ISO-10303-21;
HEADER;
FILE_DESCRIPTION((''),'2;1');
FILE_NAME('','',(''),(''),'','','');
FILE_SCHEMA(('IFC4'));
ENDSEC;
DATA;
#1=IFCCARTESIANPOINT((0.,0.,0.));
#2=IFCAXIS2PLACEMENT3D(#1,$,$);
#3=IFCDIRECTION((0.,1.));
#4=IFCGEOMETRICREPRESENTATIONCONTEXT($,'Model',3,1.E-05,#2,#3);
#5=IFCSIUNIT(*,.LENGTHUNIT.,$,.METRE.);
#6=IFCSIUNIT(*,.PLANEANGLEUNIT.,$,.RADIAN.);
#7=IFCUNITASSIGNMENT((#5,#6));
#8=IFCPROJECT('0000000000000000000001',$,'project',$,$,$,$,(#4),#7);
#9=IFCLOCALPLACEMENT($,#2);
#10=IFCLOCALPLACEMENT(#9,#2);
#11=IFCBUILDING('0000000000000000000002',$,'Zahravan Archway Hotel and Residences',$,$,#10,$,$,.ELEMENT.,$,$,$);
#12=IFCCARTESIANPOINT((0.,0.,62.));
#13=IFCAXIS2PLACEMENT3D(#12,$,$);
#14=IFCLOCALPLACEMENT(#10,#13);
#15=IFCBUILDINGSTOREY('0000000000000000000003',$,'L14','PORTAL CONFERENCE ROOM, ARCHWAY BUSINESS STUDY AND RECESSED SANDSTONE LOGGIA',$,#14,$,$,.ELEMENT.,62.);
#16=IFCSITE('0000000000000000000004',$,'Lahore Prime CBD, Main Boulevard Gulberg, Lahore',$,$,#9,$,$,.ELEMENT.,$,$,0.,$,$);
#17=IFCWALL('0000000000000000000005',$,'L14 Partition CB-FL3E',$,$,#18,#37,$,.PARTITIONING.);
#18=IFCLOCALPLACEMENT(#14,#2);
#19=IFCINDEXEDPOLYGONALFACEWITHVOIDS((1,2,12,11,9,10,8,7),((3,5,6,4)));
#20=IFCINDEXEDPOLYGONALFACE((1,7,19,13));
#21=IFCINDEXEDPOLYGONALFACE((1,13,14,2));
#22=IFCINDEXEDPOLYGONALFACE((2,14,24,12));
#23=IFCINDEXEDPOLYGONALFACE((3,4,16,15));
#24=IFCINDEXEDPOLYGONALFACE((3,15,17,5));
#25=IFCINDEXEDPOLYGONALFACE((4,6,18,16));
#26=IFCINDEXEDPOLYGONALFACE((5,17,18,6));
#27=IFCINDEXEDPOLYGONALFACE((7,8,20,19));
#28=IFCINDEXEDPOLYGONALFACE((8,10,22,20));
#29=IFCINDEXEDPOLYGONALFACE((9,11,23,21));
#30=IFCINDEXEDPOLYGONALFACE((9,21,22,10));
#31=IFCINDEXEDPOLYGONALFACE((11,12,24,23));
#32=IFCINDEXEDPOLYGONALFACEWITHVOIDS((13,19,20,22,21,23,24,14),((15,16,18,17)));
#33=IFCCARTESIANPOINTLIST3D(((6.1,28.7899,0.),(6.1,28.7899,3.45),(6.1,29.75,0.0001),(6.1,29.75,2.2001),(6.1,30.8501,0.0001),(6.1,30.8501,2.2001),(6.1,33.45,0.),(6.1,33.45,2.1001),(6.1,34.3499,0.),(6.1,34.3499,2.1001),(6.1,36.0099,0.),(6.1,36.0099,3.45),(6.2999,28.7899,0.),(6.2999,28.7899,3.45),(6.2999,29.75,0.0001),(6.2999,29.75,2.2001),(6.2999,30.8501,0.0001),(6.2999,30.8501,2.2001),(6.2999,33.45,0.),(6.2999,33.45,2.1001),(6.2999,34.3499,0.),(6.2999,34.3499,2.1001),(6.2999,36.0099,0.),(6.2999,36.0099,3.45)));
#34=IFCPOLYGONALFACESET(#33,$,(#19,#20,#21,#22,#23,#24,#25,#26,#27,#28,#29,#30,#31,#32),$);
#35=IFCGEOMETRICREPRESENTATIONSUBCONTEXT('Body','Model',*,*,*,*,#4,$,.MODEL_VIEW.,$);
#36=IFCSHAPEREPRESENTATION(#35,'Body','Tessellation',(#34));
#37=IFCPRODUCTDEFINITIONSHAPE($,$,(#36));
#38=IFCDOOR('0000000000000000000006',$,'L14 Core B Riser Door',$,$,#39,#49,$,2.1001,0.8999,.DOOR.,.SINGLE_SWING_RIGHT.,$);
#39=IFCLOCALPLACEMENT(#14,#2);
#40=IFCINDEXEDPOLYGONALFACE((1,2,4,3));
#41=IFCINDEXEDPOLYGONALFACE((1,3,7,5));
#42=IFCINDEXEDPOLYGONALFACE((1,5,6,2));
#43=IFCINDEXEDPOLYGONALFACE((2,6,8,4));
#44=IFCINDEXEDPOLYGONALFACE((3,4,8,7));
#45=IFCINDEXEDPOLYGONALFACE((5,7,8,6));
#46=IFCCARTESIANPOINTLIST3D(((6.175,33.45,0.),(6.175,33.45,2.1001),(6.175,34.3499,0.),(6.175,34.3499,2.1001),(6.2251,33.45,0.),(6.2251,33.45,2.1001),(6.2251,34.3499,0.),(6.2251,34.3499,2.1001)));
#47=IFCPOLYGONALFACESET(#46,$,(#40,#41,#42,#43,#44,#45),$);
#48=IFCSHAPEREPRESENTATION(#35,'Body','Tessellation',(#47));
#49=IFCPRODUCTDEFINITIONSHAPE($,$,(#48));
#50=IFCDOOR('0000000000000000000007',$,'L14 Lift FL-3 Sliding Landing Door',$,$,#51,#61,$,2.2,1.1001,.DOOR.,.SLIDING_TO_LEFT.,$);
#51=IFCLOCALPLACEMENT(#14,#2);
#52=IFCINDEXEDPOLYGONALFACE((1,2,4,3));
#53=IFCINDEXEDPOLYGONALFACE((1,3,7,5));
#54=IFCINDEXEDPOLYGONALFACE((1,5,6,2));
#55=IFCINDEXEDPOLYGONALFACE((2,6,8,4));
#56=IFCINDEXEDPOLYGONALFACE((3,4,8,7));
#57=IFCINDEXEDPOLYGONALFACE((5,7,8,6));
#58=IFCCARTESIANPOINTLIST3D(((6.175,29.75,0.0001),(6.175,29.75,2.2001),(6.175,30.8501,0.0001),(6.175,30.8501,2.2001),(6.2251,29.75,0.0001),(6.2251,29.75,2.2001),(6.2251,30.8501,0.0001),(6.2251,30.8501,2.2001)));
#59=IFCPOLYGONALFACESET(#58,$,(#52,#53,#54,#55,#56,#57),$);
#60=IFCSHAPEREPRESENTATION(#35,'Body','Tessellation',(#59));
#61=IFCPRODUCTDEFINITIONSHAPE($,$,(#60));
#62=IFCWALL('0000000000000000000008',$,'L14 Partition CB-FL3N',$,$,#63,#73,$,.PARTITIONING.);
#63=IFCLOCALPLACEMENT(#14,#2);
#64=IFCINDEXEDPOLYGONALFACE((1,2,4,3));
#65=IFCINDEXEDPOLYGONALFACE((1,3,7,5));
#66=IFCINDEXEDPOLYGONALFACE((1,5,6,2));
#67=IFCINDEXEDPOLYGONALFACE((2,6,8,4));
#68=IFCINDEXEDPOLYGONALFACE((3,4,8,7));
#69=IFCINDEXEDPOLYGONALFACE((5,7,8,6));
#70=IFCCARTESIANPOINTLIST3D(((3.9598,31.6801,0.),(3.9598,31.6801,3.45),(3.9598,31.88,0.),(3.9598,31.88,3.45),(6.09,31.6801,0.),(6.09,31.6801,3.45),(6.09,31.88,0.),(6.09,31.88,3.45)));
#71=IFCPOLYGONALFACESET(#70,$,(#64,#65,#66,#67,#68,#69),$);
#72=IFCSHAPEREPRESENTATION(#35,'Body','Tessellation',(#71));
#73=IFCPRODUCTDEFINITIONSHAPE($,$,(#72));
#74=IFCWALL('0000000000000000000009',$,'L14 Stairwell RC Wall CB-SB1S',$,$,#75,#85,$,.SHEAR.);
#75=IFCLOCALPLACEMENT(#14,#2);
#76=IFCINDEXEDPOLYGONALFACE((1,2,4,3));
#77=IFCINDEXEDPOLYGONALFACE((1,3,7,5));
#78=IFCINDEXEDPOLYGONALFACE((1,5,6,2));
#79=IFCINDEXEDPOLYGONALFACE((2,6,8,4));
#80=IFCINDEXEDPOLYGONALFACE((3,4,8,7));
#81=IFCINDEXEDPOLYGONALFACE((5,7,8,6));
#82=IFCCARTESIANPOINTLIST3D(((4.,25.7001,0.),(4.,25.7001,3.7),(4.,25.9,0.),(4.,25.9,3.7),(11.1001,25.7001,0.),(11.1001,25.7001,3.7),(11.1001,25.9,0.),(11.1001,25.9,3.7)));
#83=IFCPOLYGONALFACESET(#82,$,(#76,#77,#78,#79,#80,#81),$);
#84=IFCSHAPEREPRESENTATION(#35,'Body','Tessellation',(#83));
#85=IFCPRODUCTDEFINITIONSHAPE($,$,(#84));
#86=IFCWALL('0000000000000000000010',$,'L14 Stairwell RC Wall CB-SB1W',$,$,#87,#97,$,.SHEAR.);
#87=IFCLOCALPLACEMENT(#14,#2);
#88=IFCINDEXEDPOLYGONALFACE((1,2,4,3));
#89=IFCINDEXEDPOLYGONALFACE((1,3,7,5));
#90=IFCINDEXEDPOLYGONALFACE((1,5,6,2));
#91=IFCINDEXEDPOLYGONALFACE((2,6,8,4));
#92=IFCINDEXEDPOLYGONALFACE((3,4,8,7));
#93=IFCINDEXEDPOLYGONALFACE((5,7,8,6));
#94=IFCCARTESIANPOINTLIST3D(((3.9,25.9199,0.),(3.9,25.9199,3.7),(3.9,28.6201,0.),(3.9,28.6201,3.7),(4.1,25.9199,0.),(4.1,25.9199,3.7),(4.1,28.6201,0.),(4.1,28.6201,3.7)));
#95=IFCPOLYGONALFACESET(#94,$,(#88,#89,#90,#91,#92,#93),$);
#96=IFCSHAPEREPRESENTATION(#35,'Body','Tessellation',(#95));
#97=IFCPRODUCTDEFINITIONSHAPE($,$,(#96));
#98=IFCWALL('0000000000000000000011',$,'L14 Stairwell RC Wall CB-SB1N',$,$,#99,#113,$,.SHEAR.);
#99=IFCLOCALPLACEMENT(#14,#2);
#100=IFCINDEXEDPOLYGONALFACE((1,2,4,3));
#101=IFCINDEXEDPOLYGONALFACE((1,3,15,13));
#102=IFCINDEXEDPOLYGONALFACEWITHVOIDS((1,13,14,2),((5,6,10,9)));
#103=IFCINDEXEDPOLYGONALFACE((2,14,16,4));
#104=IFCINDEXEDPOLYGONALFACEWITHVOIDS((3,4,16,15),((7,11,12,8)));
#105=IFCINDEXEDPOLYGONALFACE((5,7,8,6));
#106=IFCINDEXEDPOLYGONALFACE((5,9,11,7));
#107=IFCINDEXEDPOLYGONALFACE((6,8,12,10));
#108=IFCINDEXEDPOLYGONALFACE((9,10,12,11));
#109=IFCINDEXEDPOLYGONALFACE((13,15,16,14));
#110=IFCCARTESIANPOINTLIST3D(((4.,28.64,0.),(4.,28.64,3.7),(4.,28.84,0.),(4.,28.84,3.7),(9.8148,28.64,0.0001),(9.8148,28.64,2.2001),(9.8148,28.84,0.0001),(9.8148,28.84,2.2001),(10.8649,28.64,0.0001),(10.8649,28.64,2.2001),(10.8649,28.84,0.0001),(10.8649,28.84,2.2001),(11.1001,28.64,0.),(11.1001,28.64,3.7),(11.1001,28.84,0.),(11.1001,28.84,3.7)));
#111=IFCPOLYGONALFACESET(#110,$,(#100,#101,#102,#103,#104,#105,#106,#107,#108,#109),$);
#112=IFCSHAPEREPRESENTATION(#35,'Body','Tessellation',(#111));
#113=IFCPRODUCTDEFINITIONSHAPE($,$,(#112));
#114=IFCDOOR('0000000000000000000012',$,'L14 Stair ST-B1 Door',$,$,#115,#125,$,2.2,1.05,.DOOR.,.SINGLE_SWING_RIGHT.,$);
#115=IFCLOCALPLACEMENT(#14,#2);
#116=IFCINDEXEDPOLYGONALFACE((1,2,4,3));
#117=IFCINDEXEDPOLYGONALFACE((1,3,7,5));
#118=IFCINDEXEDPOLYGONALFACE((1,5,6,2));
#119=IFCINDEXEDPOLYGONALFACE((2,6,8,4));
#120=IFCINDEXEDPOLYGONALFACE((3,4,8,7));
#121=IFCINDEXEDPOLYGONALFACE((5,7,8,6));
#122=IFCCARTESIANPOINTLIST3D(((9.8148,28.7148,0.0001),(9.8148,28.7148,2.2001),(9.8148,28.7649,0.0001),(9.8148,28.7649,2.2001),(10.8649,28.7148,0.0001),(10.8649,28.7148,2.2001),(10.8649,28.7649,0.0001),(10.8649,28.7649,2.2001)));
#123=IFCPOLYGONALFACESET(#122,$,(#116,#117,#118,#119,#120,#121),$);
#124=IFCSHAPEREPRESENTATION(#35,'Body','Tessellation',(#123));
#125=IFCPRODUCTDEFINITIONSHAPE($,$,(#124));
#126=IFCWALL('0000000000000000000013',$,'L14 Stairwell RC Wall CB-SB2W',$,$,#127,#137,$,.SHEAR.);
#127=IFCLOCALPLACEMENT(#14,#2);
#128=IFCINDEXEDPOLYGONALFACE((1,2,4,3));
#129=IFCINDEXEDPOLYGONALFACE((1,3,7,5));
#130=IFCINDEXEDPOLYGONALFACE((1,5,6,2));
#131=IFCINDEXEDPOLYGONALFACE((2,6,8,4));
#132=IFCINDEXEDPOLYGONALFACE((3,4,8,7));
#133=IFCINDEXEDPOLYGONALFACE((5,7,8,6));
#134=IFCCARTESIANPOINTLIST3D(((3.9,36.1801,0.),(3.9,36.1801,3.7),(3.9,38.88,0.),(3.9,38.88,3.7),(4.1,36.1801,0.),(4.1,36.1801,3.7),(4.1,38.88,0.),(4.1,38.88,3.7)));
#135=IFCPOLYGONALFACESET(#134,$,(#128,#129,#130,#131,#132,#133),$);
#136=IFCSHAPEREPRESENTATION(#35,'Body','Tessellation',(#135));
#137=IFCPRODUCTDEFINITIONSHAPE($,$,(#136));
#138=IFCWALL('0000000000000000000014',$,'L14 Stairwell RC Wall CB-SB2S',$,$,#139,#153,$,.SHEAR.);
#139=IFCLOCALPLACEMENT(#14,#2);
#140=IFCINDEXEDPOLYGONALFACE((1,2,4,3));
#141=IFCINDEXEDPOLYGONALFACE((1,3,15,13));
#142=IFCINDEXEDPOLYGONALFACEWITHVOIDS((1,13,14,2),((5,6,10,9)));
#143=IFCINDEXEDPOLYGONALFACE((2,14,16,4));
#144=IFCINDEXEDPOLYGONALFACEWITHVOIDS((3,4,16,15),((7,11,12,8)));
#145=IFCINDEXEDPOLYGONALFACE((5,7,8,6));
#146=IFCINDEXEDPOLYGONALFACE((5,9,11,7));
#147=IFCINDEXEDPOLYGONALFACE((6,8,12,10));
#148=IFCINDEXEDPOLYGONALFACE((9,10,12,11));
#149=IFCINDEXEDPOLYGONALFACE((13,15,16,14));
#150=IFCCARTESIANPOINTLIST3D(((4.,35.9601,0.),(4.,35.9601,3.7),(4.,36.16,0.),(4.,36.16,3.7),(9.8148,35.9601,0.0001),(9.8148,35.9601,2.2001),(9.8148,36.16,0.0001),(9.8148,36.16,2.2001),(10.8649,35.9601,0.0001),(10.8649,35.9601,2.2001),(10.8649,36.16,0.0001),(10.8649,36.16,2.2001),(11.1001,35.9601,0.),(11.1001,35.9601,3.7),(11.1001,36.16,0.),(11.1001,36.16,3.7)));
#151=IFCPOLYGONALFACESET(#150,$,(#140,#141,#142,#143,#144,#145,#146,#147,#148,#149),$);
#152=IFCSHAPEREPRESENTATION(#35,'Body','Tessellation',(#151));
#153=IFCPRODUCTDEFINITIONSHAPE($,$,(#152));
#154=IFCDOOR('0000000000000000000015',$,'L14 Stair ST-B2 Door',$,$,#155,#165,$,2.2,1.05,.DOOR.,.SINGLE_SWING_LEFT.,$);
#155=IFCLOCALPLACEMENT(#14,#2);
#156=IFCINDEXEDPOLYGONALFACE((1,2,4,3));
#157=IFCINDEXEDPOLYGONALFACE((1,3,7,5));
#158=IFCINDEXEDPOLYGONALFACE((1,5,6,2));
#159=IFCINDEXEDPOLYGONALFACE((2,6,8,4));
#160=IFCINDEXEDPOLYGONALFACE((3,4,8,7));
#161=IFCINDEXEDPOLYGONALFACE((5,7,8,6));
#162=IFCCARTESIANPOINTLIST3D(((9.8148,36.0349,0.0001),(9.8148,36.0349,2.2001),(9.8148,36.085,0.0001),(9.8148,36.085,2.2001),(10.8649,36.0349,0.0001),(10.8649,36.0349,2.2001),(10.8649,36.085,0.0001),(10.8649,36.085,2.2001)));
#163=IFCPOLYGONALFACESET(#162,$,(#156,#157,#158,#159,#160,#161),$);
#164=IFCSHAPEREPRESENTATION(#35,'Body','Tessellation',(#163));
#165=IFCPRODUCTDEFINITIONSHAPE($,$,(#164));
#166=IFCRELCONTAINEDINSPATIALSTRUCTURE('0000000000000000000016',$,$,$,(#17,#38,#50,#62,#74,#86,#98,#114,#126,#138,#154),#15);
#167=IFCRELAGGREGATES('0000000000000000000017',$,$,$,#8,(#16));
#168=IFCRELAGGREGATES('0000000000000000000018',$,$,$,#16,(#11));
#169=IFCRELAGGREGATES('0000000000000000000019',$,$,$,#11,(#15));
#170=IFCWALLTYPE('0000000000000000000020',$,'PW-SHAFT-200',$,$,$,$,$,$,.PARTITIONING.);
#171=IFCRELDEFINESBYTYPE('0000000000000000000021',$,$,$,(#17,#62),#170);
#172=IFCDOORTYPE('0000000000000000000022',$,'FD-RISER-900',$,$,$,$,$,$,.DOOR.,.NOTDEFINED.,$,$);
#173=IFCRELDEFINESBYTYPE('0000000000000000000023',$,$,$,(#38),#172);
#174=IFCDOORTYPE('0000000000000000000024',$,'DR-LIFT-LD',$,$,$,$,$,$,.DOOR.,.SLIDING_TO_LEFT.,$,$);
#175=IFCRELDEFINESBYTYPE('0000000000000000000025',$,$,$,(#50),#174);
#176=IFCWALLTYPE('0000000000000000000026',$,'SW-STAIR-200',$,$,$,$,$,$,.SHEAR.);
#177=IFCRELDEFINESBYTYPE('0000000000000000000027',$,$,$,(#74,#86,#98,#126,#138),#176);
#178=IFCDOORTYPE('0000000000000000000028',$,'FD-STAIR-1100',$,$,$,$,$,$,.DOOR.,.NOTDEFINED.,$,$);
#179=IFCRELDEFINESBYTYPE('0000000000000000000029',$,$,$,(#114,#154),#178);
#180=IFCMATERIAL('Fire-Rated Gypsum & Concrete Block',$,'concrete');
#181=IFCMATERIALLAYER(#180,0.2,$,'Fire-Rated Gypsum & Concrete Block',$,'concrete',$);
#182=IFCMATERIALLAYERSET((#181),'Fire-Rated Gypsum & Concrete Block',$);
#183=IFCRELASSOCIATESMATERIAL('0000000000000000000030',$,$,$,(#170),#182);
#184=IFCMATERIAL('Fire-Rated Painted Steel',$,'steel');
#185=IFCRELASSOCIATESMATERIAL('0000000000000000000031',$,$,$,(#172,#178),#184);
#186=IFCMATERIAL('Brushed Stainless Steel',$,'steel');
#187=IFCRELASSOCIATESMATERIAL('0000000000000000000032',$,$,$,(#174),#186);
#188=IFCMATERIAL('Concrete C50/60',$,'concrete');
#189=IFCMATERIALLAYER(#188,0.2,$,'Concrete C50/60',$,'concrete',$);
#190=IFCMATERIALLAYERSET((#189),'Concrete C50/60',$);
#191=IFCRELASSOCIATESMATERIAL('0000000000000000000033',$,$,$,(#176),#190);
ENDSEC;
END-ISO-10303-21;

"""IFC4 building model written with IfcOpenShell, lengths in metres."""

from ifc_helpers import new_model, si_unit, direction, frame, frame_2d, origin, place, context, subcontext, project, spatial, rectangle, extrude, source, transform, mapped, material, layer, layer_set, type_object, type_shapes, element, fill, save


model = new_model("IFC4")

# Units and contexts
model_context = context("Model", 3, precision=1e-05, world=origin(), true_north=direction((0.0, 1.0)))
body_context = subcontext(model_context, "Body", "Model", "MODEL_VIEW")
ifc_project = project(units=[si_unit("LENGTHUNIT", "METRE"), si_unit("PLANEANGLEUNIT", "RADIAN")], contexts=[model_context])

# Site, building, storey
site_placement = place(None, origin())
site = spatial("IfcSite", under=ifc_project, at=site_placement, Name="Lahore Prime CBD, Main Boulevard Gulberg, Lahore", CompositionType="ELEMENT", RefElevation=0.0)
building_placement = place(site_placement, origin())
building = spatial("IfcBuilding", under=site, at=building_placement, Name="Zahravan Archway Hotel and Residences", CompositionType="ELEMENT")
storey_placement = place(building_placement, frame((0.0, 0.0, 62.0)))
storey = spatial("IfcBuildingStorey", under=building, at=storey_placement, Name="L14", Description="PORTAL CONFERENCE ROOM, ARCHWAY BUSINESS STUDY AND RECESSED SANDSTONE LOGGIA", CompositionType="ELEMENT", Elevation=62.0)

# Wall, openings, doors
ifc_material_1 = material(Name="Fire-Rated Gypsum & Concrete Block", Category="concrete")
ifc_layer_1 = layer(ifc_material_1, 0.2, Name="Fire-Rated Gypsum & Concrete Block", Category="concrete")
ifc_layer_set_1 = layer_set([ifc_layer_1], Name="Fire-Rated Gypsum & Concrete Block")
wall_type_1 = type_object("IfcWallType", Name="PW-SHAFT-200", PredefinedType="PARTITIONING", material=ifc_layer_set_1)
wall_1_placement = place(storey_placement, frame((6.2, 28.79, 0.0), z_axis=(0.0, 0.0, 1.0), x_axis=(0.0, 1.0, 0.0)))
wall_1 = element("IfcWall", 1, at=wall_1_placement, inside=storey, type_object=wall_type_1, Name="L14 Partition CB-FL3E", PredefinedType="PARTITIONING", context=body_context, shape_type="SweptSolid", body=[
    extrude(rectangle(XDim=7.22, YDim=0.2, at=frame_2d((3.6099, 0.0))), origin(), (0.0, 0.0, 1.0), 3.45),
])
opening_1_placement = place(wall_1_placement, frame((4.6599, 0.0, 0.0)))
opening_1 = element("IfcOpeningElement", 2, at=opening_1_placement, cuts=wall_1, PredefinedType="OPENING", context=body_context, shape_type="SweptSolid", body=[
    extrude(rectangle(XDim=0.8999, YDim=2.1001, at=frame_2d((0.45, 1.05))), frame((0.0, 0.1099, 0.0), z_axis=(0.0, -1.0, 0.0), x_axis=(1.0, 0.0, 0.0)), (0.0, 0.0, 1.0), 0.22),
])
opening_2_placement = place(wall_1_placement, frame((0.96, 0.0, 0.0)))
opening_2 = element("IfcOpeningElement", 3, at=opening_2_placement, cuts=wall_1, PredefinedType="OPENING", context=body_context, shape_type="SweptSolid", body=[
    extrude(rectangle(XDim=1.1001, YDim=2.2, at=frame_2d((0.55, 1.1001))), frame((0.0, 0.1099, 0.0), z_axis=(0.0, -1.0, 0.0), x_axis=(1.0, 0.0, 0.0)), (0.0, 0.0, 1.0), 0.22),
])
ifc_material_2 = material(Name="Fire-Rated Painted Steel", Category="steel")
door_type_1 = type_object("IfcDoorType", Name="FD-RISER-900", OperationType="NOTDEFINED", PredefinedType="DOOR", material=ifc_material_2)
shared_shape_1 = source(origin(), body_context, "Body", "SweptSolid", [
    extrude(rectangle(XDim=0.8999, YDim=2.1001, at=frame_2d((0.45, 1.05))), frame((0.0, 0.0249, 0.0), z_axis=(0.0, -1.0, 0.0), x_axis=(1.0, 0.0, 0.0)), (0.0, 0.0, 1.0), 0.05),
])
type_shapes(door_type_1, [shared_shape_1])
door_1_placement = place(opening_1_placement, origin())
door_1 = element("IfcDoor", 4, at=door_1_placement, inside=storey, type_object=door_type_1, Name="L14 Core B Riser Door", OperationType="SINGLE_SWING_RIGHT", OverallHeight=2.1001, OverallWidth=0.8999, PredefinedType="DOOR", context=body_context, shape_type="MappedRepresentation", body=[
    mapped(shared_shape_1, transform((0.0, 0.0, 0.0), scale=1.0)),
])
fill(opening_1, door_1)
ifc_material_3 = material(Name="Brushed Stainless Steel", Category="steel")
door_type_2 = type_object("IfcDoorType", Name="DR-LIFT-LD", OperationType="SLIDING_TO_LEFT", PredefinedType="DOOR", material=ifc_material_3)
shared_shape_2 = source(origin(), body_context, "Body", "SweptSolid", [
    extrude(rectangle(XDim=1.1001, YDim=2.2, at=frame_2d((0.55, 1.1001))), frame((0.0, 0.0249, 0.0), z_axis=(0.0, -1.0, 0.0), x_axis=(1.0, 0.0, 0.0)), (0.0, 0.0, 1.0), 0.05),
])
type_shapes(door_type_2, [shared_shape_2])
door_2_placement = place(opening_2_placement, origin())
door_2 = element("IfcDoor", 5, at=door_2_placement, inside=storey, type_object=door_type_2, Name="L14 Lift FL-3 Sliding Landing Door", OperationType="SLIDING_TO_LEFT", OverallHeight=2.2, OverallWidth=1.1001, PredefinedType="DOOR", context=body_context, shape_type="MappedRepresentation", body=[
    mapped(shared_shape_2, transform((0.0, 0.0, 0.0), scale=1.0)),
])
fill(opening_2, door_2)

# Walls
wall_2_placement = place(storey_placement, frame((3.96, 31.78, 0.0), z_axis=(0.0, 0.0, 1.0), x_axis=(1.0, 0.0, 0.0)))
element("IfcWall", 6, at=wall_2_placement, inside=storey, type_object=wall_type_1, Name="L14 Partition CB-FL3N", PredefinedType="PARTITIONING", context=body_context, shape_type="SweptSolid", body=[
    extrude(rectangle(XDim=2.1301, YDim=0.2, at=frame_2d((1.0649, 0.0))), origin(), (0.0, 0.0, 1.0), 3.45),
])
ifc_material_4 = material(Name="Concrete C50/60", Category="concrete")
ifc_layer_2 = layer(ifc_material_4, 0.2, Name="Concrete C50/60", Category="concrete")
ifc_layer_set_2 = layer_set([ifc_layer_2], Name="Concrete C50/60")
wall_type_2 = type_object("IfcWallType", Name="SW-STAIR-200", PredefinedType="SHEAR", material=ifc_layer_set_2)
wall_3_placement = place(storey_placement, frame((4.0, 25.8, 0.0), z_axis=(0.0, 0.0, 1.0), x_axis=(1.0, 0.0, 0.0)))
element("IfcWall", 7, at=wall_3_placement, inside=storey, type_object=wall_type_2, Name="L14 Stairwell RC Wall CB-SB1S", PredefinedType="SHEAR", context=body_context, shape_type="SweptSolid", body=[
    extrude(rectangle(XDim=7.1001, YDim=0.2, at=frame_2d((3.55, 0.0))), origin(), (0.0, 0.0, 1.0), 3.7),
])
wall_4_placement = place(storey_placement, frame((4.0, 25.9199, 0.0), z_axis=(0.0, 0.0, 1.0), x_axis=(0.0, 1.0, 0.0)))
element("IfcWall", 8, at=wall_4_placement, inside=storey, type_object=wall_type_2, Name="L14 Stairwell RC Wall CB-SB1W", PredefinedType="SHEAR", context=body_context, shape_type="SweptSolid", body=[
    extrude(rectangle(XDim=2.7002, YDim=0.2, at=frame_2d((1.3501, 0.0))), origin(), (0.0, 0.0, 1.0), 3.7),
])

# Wall, opening, door
wall_5_placement = place(storey_placement, frame((4.0, 28.74, 0.0), z_axis=(0.0, 0.0, 1.0), x_axis=(1.0, 0.0, 0.0)))
wall_5 = element("IfcWall", 9, at=wall_5_placement, inside=storey, type_object=wall_type_2, Name="L14 Stairwell RC Wall CB-SB1N", PredefinedType="SHEAR", context=body_context, shape_type="SweptSolid", body=[
    extrude(rectangle(XDim=7.1001, YDim=0.2, at=frame_2d((3.55, 0.0))), origin(), (0.0, 0.0, 1.0), 3.7),
])
opening_3_placement = place(wall_5_placement, frame((5.8149, 0.0, 0.0)))
opening_3 = element("IfcOpeningElement", 10, at=opening_3_placement, cuts=wall_5, PredefinedType="OPENING", context=body_context, shape_type="SweptSolid", body=[
    extrude(rectangle(XDim=1.05, YDim=2.2, at=frame_2d((0.5249, 1.1001))), frame((0.0, 0.1099, 0.0), z_axis=(0.0, -1.0, 0.0), x_axis=(1.0, 0.0, 0.0)), (0.0, 0.0, 1.0), 0.22),
])
door_type_3 = type_object("IfcDoorType", Name="FD-STAIR-1100", OperationType="NOTDEFINED", PredefinedType="DOOR", material=ifc_material_2)
shared_shape_3 = source(origin(), body_context, "Body", "SweptSolid", [
    extrude(rectangle(XDim=1.05, YDim=2.2, at=frame_2d((0.5249, 1.1001))), frame((0.0, 0.0249, 0.0), z_axis=(0.0, -1.0, 0.0), x_axis=(1.0, 0.0, 0.0)), (0.0, 0.0, 1.0), 0.05),
])
type_shapes(door_type_3, [shared_shape_3])
door_3_placement = place(opening_3_placement, origin())
door_3 = element("IfcDoor", 11, at=door_3_placement, inside=storey, type_object=door_type_3, Name="L14 Stair ST-B1 Door", OperationType="SINGLE_SWING_RIGHT", OverallHeight=2.2, OverallWidth=1.05, PredefinedType="DOOR", context=body_context, shape_type="MappedRepresentation", body=[
    mapped(shared_shape_3, transform((0.0, 0.0, 0.0), scale=1.0)),
])
fill(opening_3, door_3)

# Wall
wall_6_placement = place(storey_placement, frame((4.0, 36.1799, 0.0), z_axis=(0.0, 0.0, 1.0), x_axis=(0.0, 1.0, 0.0)))
element("IfcWall", 12, at=wall_6_placement, inside=storey, type_object=wall_type_2, Name="L14 Stairwell RC Wall CB-SB2W", PredefinedType="SHEAR", context=body_context, shape_type="SweptSolid", body=[
    extrude(rectangle(XDim=2.7, YDim=0.2, at=frame_2d((1.3501, 0.0))), origin(), (0.0, 0.0, 1.0), 3.7),
])

# Wall, opening, door
wall_7_placement = place(storey_placement, frame((4.0, 36.0601, 0.0), z_axis=(0.0, 0.0, 1.0), x_axis=(1.0, 0.0, 0.0)))
wall_7 = element("IfcWall", 13, at=wall_7_placement, inside=storey, type_object=wall_type_2, Name="L14 Stairwell RC Wall CB-SB2S", PredefinedType="SHEAR", context=body_context, shape_type="SweptSolid", body=[
    extrude(rectangle(XDim=7.1001, YDim=0.2, at=frame_2d((3.55, 0.0))), origin(), (0.0, 0.0, 1.0), 3.7),
])
opening_4_placement = place(wall_7_placement, frame((5.8149, 0.0, 0.0)))
opening_4 = element("IfcOpeningElement", 14, at=opening_4_placement, cuts=wall_7, PredefinedType="OPENING", context=body_context, shape_type="SweptSolid", body=[
    extrude(rectangle(XDim=1.05, YDim=2.2, at=frame_2d((0.5249, 1.1001))), frame((0.0, 0.1099, 0.0), z_axis=(0.0, -1.0, 0.0), x_axis=(1.0, 0.0, 0.0)), (0.0, 0.0, 1.0), 0.22),
])
door_4_placement = place(opening_4_placement, origin())
door_4 = element("IfcDoor", 15, at=door_4_placement, inside=storey, type_object=door_type_3, Name="L14 Stair ST-B2 Door", OperationType="SINGLE_SWING_LEFT", OverallHeight=2.2, OverallWidth=1.05, PredefinedType="DOOR", context=body_context, shape_type="MappedRepresentation", body=[
    mapped(shared_shape_3, transform((0.0, 0.0, 0.0), scale=1.0)),
])
fill(opening_4, door_4)

save(model, "model.ifc")
